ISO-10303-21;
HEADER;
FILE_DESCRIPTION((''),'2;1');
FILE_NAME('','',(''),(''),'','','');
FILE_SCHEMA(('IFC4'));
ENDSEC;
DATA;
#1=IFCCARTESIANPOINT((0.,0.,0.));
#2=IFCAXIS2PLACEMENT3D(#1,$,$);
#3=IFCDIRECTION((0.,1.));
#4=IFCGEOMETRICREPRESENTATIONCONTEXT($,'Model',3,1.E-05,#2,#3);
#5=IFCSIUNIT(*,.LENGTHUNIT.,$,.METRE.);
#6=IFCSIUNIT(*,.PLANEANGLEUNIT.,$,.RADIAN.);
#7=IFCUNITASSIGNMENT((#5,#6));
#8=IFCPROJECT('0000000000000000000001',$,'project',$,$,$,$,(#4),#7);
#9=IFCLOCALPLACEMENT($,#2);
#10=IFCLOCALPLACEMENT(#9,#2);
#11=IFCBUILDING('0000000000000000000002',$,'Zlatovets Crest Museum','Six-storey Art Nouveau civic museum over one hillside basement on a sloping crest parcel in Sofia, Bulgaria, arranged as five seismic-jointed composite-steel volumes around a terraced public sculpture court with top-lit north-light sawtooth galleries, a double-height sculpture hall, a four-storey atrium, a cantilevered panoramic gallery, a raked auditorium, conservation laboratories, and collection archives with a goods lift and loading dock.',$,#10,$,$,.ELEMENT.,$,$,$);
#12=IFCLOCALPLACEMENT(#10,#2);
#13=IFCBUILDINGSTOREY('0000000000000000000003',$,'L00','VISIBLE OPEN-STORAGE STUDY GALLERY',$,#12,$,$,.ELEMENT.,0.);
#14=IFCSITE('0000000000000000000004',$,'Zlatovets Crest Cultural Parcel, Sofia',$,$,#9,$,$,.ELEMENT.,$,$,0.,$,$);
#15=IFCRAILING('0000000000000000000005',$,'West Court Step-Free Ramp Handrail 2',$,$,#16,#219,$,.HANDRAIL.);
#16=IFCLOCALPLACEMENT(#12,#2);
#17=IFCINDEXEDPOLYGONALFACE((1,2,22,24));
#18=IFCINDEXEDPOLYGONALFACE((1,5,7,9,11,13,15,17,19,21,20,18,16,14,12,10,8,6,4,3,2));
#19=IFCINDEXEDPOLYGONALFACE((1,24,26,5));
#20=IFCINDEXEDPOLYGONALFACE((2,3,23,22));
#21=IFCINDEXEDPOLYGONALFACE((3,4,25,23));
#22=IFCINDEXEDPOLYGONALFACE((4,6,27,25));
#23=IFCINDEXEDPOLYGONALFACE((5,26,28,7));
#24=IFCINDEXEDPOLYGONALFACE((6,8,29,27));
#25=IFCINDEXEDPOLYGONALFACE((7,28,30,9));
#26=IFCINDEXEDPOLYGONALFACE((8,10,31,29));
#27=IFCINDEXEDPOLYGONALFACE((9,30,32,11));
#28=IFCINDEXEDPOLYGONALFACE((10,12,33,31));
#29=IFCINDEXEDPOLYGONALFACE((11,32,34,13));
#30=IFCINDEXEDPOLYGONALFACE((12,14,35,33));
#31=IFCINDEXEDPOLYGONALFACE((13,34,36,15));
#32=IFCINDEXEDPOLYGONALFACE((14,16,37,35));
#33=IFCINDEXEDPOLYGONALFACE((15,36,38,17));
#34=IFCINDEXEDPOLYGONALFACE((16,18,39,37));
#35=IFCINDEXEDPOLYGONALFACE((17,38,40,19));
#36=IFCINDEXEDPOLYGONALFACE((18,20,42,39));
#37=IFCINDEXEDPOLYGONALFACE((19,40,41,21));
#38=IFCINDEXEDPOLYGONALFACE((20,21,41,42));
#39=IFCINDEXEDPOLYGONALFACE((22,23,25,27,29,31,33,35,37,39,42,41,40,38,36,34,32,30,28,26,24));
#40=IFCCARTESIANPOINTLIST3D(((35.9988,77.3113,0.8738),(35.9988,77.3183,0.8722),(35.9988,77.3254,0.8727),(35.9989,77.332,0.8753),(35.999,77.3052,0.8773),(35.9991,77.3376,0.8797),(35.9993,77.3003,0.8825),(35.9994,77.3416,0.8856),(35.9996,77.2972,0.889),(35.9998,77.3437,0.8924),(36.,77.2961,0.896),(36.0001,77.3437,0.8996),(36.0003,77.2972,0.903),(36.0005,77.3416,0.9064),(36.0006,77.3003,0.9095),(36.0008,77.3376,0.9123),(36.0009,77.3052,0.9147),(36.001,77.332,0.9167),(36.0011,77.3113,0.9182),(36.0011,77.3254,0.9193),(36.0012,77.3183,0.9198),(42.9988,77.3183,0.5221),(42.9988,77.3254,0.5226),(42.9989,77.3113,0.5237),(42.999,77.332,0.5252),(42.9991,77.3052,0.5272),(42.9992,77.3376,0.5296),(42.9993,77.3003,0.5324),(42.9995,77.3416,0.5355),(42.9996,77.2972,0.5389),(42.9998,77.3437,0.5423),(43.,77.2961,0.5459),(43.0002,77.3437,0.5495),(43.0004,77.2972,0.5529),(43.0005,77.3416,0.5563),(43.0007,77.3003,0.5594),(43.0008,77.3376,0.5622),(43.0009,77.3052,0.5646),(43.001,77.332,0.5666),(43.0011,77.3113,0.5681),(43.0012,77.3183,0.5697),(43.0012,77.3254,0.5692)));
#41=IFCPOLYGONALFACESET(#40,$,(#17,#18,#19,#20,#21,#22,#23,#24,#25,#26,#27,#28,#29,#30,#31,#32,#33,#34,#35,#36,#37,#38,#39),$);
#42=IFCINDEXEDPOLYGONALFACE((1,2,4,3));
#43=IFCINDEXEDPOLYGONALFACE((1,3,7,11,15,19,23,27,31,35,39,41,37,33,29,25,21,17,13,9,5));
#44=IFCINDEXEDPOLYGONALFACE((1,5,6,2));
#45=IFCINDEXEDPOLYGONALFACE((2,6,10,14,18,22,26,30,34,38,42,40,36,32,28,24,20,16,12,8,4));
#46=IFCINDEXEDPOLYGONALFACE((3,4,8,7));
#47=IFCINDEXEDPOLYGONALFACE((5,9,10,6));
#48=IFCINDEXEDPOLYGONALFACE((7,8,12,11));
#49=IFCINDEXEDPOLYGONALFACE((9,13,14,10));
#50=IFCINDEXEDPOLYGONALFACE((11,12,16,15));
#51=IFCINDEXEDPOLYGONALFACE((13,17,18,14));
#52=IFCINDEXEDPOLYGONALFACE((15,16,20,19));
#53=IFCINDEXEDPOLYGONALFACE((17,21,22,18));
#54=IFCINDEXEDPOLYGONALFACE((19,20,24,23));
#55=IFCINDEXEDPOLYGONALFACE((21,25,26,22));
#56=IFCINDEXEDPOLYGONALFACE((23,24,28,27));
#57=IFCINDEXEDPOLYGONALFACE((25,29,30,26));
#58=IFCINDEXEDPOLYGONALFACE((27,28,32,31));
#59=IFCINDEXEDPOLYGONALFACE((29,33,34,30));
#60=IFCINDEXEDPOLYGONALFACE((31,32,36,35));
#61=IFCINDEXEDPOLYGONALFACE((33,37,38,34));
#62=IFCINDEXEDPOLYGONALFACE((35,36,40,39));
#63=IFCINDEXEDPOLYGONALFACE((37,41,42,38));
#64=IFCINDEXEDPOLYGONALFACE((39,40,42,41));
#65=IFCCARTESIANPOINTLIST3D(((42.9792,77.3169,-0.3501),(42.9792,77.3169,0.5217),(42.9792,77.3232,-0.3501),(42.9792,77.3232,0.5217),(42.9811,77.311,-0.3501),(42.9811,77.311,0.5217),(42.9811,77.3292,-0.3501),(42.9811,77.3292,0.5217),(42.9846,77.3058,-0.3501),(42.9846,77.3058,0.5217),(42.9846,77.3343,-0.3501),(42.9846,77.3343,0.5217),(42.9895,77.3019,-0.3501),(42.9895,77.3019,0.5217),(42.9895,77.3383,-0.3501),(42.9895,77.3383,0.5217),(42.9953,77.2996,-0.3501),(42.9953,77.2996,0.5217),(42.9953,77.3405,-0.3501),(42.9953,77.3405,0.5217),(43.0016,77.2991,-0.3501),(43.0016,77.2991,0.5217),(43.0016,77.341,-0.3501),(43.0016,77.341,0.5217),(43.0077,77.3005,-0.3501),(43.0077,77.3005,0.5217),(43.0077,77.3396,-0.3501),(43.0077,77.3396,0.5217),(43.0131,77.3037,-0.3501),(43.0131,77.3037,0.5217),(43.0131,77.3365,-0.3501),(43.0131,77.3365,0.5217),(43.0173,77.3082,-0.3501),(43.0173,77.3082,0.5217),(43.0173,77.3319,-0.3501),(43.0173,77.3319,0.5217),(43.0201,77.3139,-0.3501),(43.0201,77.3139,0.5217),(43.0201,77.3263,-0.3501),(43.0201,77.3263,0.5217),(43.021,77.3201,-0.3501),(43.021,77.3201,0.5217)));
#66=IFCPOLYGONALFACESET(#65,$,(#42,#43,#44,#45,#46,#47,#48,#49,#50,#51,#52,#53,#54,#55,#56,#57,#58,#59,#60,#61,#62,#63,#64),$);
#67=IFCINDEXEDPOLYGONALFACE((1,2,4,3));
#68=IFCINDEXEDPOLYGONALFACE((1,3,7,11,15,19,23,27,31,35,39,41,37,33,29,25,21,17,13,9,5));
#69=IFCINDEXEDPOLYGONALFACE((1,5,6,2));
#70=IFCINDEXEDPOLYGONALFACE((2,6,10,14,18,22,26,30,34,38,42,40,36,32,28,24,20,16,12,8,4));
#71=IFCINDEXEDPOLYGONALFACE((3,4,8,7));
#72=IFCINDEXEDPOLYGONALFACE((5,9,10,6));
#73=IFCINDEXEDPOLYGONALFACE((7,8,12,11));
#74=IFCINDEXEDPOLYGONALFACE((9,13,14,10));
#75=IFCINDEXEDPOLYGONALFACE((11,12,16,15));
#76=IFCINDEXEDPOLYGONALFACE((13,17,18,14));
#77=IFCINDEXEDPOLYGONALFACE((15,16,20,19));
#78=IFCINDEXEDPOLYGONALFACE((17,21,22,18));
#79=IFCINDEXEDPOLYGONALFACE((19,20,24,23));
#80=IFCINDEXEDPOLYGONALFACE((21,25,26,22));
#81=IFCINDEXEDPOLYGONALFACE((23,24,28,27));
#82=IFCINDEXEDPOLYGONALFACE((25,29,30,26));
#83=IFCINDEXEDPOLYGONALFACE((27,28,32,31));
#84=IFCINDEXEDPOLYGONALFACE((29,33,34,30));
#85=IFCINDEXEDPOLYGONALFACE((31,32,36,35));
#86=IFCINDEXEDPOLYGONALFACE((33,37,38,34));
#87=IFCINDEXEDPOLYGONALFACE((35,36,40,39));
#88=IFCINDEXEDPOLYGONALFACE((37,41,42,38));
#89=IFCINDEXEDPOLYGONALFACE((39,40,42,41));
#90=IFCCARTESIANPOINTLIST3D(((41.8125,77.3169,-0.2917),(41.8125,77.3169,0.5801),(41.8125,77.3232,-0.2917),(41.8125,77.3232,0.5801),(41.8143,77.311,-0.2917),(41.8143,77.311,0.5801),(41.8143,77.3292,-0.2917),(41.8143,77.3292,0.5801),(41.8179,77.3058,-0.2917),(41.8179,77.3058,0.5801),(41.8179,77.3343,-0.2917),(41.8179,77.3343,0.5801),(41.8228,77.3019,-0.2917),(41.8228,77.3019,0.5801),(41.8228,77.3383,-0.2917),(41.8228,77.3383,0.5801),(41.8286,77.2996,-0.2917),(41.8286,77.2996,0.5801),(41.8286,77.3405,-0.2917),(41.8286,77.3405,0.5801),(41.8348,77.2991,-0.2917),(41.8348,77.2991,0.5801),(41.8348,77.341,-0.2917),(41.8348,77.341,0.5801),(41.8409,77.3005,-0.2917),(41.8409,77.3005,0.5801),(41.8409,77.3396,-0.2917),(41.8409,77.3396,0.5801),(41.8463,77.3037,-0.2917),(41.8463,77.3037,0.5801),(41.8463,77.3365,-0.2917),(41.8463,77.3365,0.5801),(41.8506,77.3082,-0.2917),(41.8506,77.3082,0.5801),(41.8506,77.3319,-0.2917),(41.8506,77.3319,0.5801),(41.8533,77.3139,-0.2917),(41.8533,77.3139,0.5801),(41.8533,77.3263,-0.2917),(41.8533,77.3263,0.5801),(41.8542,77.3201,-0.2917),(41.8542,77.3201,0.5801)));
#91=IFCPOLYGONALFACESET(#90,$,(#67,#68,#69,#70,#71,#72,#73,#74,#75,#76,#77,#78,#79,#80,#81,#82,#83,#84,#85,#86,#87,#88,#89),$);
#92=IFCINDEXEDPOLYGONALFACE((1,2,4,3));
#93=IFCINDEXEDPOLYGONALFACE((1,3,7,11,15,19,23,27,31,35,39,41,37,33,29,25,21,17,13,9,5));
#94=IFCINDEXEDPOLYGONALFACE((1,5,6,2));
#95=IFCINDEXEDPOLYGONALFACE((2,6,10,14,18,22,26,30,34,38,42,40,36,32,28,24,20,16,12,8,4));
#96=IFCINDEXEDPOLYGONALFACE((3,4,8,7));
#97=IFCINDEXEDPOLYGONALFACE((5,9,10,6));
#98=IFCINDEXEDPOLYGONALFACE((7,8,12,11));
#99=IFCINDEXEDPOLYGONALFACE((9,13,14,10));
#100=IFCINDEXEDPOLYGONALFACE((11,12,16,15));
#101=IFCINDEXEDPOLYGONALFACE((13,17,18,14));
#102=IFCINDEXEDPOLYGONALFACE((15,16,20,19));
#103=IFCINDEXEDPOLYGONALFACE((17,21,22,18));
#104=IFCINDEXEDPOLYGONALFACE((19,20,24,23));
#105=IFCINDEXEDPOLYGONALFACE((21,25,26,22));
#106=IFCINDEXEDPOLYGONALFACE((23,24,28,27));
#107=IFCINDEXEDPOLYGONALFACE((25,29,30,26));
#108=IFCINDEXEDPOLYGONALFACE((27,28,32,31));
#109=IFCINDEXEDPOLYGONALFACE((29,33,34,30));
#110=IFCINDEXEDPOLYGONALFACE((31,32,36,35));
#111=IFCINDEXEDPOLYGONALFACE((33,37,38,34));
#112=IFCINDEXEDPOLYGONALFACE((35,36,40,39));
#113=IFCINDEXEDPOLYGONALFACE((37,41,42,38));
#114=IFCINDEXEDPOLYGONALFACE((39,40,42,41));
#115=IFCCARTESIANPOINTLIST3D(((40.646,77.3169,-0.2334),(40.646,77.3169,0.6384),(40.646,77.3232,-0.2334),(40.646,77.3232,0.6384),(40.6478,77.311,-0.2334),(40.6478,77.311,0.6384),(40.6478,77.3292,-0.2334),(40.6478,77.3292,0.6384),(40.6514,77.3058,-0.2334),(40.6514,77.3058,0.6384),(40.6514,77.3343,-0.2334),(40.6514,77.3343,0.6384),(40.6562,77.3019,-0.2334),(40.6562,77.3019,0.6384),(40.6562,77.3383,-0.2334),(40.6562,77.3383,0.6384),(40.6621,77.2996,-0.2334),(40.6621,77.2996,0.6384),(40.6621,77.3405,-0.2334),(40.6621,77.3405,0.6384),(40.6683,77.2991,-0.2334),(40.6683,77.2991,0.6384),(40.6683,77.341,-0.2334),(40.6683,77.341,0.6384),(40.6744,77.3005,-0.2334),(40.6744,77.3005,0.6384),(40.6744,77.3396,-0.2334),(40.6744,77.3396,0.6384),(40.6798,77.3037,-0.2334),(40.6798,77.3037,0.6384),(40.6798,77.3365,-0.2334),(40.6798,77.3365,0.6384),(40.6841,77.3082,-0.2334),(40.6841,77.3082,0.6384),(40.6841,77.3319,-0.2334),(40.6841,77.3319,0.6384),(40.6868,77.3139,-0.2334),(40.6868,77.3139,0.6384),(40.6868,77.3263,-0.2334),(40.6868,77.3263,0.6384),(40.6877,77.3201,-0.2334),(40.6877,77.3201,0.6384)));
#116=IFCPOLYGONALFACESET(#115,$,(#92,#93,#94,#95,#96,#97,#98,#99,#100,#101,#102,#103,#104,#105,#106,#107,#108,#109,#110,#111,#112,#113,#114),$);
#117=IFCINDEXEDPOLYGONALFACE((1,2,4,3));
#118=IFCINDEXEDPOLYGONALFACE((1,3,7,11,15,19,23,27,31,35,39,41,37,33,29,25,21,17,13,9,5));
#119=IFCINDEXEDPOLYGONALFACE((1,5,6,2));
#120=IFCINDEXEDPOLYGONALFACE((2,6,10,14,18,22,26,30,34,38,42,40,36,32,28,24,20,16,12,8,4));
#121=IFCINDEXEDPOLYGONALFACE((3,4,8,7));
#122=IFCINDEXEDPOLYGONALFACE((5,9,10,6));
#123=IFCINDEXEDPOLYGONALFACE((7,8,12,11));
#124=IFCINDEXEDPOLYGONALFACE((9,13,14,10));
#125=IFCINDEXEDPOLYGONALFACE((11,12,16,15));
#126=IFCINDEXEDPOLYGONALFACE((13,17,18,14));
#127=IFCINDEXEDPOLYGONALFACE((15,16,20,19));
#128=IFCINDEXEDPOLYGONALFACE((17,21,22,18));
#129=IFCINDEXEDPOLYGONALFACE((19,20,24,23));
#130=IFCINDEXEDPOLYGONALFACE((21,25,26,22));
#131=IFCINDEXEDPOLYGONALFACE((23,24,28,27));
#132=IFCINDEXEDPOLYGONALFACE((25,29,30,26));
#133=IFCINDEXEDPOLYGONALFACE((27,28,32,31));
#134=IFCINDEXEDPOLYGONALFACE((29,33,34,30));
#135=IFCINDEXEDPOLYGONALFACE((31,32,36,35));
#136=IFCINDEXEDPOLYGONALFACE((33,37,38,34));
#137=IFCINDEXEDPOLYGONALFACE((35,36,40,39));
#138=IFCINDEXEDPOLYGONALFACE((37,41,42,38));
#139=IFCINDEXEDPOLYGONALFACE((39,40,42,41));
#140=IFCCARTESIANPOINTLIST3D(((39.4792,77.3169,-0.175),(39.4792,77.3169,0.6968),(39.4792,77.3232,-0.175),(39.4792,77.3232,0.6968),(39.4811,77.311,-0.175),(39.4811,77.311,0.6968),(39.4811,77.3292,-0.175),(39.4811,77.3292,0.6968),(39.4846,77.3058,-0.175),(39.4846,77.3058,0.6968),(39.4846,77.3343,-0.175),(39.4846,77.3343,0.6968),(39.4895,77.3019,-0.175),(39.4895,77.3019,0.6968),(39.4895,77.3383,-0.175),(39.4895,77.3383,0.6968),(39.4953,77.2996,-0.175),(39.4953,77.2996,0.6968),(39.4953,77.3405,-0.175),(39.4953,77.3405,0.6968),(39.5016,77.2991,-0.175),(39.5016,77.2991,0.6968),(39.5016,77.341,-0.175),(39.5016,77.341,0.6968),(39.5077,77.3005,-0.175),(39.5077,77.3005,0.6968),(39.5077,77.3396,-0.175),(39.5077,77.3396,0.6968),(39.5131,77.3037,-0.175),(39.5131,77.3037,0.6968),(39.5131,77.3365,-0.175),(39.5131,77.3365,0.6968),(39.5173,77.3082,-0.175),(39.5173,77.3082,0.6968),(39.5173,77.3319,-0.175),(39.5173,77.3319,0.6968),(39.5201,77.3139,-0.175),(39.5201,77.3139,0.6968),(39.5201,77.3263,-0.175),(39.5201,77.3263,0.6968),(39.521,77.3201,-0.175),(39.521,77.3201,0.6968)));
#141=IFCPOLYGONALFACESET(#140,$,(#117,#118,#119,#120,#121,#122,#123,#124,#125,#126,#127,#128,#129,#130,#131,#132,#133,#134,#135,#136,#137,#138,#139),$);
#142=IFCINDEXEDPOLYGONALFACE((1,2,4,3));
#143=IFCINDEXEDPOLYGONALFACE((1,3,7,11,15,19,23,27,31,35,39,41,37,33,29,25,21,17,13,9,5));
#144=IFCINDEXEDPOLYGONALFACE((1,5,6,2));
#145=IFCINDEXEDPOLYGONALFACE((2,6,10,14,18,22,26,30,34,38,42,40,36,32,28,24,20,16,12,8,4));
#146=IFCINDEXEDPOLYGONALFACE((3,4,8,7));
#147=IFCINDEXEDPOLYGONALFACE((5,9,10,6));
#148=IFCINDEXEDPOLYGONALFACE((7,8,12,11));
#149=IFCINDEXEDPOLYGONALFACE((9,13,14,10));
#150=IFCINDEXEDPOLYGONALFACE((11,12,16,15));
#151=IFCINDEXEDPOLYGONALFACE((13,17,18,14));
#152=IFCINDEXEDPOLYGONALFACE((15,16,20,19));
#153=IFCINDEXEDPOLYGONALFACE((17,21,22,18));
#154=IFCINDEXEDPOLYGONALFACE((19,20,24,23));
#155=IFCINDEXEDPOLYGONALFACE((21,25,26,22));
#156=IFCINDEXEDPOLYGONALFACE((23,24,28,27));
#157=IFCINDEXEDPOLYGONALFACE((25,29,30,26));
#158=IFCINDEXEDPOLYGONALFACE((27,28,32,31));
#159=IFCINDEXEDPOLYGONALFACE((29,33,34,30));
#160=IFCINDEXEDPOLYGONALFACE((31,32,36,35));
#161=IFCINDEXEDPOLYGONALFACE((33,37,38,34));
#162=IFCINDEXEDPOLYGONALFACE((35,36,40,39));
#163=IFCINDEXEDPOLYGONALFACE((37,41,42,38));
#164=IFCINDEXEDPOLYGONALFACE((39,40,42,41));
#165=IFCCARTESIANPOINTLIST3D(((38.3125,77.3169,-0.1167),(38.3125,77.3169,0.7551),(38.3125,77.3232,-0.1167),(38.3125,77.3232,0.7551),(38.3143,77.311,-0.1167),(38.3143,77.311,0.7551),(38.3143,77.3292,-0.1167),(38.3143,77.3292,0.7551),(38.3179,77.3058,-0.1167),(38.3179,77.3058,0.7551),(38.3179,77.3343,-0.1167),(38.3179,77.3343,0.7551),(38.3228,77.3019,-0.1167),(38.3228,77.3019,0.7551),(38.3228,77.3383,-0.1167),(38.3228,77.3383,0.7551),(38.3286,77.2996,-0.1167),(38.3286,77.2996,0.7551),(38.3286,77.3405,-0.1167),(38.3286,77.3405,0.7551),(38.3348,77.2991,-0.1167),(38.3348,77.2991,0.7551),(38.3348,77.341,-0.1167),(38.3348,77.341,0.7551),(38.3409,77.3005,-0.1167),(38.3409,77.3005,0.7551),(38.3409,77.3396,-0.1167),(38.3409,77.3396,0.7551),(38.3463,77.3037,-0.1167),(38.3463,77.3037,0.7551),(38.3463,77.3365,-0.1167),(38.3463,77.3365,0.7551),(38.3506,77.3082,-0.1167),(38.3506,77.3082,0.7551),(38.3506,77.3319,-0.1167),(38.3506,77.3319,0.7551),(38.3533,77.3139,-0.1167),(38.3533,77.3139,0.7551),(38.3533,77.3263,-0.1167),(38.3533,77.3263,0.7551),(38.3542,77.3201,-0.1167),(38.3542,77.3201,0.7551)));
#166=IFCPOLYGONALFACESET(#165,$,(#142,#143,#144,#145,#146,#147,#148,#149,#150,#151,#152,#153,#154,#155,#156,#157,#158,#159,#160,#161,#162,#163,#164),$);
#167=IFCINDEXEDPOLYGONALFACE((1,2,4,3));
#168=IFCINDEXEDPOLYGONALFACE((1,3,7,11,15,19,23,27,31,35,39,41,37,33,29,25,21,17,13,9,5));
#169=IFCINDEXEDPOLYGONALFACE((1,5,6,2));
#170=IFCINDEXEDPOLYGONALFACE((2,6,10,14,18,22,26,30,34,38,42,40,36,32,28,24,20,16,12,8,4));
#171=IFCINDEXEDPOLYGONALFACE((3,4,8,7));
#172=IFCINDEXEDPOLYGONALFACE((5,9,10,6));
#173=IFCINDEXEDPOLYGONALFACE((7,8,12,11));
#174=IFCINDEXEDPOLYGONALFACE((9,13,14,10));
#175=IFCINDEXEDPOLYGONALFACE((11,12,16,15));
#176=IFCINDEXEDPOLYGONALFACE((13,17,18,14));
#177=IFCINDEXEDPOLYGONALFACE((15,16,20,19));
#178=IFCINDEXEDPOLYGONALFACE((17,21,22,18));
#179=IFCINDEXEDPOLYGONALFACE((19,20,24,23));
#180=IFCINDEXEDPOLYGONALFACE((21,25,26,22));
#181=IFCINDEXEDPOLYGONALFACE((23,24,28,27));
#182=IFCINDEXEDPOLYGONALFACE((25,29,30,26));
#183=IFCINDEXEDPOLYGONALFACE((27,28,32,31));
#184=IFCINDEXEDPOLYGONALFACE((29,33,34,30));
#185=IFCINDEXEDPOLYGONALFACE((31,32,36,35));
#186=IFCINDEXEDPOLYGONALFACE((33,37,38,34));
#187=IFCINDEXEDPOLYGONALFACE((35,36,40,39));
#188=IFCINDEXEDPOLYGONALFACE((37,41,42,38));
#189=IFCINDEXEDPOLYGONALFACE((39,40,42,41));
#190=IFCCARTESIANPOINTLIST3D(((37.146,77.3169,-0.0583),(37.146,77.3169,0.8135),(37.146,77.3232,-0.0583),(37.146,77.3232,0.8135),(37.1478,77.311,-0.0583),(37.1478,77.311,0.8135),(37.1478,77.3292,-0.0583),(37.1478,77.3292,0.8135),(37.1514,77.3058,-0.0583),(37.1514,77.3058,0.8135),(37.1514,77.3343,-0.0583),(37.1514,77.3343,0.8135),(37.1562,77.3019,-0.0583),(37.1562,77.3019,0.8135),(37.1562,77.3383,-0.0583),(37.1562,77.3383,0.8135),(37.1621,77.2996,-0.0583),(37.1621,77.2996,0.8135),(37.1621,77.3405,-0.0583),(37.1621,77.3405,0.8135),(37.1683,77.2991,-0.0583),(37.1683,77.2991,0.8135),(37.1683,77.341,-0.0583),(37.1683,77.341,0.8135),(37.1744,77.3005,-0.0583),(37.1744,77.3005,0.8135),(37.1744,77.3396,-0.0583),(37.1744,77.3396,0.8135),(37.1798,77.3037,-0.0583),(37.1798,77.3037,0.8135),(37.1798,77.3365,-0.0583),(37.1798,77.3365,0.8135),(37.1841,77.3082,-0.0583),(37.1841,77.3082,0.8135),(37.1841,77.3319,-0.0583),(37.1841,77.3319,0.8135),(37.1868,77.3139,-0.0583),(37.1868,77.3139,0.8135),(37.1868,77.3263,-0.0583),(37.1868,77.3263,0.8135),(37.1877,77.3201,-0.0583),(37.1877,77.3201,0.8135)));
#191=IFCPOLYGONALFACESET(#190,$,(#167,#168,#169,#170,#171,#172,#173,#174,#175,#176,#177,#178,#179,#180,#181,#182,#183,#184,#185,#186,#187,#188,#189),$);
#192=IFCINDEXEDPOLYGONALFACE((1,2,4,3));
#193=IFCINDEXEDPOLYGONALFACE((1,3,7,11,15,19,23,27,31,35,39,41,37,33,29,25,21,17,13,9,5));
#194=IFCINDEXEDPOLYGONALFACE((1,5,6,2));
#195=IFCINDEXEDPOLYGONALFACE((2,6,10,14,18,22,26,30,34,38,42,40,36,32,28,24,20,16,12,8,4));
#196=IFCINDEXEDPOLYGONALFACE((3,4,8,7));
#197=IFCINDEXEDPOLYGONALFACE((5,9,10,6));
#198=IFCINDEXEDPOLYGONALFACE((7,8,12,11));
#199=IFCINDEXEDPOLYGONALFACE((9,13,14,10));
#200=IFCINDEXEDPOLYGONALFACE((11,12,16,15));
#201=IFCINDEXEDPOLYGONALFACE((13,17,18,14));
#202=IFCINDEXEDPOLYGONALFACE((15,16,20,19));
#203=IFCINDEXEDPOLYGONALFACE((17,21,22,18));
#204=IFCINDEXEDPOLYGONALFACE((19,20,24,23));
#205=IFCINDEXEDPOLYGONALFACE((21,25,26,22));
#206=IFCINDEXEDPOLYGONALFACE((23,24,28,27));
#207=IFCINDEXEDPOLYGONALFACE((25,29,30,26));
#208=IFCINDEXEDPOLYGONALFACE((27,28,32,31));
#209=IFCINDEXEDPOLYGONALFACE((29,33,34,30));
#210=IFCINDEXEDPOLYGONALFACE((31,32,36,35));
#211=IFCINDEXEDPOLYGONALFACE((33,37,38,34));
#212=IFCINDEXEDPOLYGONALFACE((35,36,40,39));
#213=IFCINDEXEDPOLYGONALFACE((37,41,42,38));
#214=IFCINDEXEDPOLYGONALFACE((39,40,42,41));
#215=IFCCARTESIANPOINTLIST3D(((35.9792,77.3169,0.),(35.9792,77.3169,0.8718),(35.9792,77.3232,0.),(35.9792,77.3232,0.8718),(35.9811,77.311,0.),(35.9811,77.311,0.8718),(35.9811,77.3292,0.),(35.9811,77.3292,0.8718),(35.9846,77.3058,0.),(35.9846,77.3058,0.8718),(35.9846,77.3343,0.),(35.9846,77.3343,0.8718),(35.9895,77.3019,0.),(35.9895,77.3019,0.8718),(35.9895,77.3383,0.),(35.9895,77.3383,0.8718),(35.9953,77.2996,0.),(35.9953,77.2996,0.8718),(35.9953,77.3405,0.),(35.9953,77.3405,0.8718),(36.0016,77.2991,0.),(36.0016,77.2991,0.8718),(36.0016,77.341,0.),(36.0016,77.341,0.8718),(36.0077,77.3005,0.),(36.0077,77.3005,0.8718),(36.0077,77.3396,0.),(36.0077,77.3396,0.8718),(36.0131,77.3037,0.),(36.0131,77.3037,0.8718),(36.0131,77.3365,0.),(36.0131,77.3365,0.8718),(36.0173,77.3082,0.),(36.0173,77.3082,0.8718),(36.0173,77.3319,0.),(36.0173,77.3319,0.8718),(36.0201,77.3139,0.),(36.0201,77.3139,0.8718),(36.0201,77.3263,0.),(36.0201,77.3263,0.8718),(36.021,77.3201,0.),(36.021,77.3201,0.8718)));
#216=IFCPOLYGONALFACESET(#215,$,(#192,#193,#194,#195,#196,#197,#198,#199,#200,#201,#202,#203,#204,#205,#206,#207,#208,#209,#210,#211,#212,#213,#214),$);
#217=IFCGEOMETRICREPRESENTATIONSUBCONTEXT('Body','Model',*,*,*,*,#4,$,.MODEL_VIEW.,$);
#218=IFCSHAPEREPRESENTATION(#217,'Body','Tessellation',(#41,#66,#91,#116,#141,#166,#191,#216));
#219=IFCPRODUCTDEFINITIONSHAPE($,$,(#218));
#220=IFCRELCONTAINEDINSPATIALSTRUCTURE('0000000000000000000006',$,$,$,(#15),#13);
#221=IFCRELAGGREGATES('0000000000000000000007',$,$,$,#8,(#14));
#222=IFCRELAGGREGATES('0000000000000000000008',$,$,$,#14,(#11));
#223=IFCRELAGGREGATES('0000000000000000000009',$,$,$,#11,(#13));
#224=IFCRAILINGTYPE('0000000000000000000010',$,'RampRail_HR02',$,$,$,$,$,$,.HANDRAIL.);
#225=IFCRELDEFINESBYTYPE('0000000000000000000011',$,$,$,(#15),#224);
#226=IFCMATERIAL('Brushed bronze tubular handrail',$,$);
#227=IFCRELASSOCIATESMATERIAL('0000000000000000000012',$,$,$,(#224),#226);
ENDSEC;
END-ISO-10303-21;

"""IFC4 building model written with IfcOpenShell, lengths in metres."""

from ifc_helpers import new_model, si_unit, direction, frame, origin, origin_2d, place, context, subcontext, project, spatial, circle, extrude, material, type_object, element, save


model = new_model("IFC4")

# Units and contexts
model_context = context("Model", 3, precision=1e-05, world=origin(), true_north=direction((0.0, 1.0)))
body_context = subcontext(model_context, "Body", "Model", "MODEL_VIEW")
ifc_project = project(units=[si_unit("LENGTHUNIT", "METRE"), si_unit("PLANEANGLEUNIT", "RADIAN")], contexts=[model_context])

# Site, building, storey
site_placement = place(None, origin())
site = spatial("IfcSite", under=ifc_project, at=site_placement, Name="Zlatovets Crest Cultural Parcel, Sofia", CompositionType="ELEMENT", RefElevation=0.0)
building_placement = place(site_placement, origin())
building = spatial("IfcBuilding", under=site, at=building_placement, Name="Zlatovets Crest Museum", Description="Six-storey Art Nouveau civic museum over one hillside basement on a sloping crest parcel in Sofia, Bulgaria, arranged as five seismic-jointed composite-steel volumes around a terraced public sculpture court with top-lit north-light sawtooth galleries, a double-height sculpture hall, a four-storey atrium, a cantilevered panoramic gallery, a raked auditorium, conservation laboratories, and collection archives with a goods lift and loading dock.", CompositionType="ELEMENT")
storey_placement = place(building_placement, origin())
storey = spatial("IfcBuildingStorey", under=building, at=storey_placement, Name="L00", Description="VISIBLE OPEN-STORAGE STUDY GALLERY", CompositionType="ELEMENT", Elevation=0.0)

# Railing
ifc_material_1 = material(Name="Brushed bronze tubular handrail")
railing_type = type_object("IfcRailingType", Name="RampRail_HR02", PredefinedType="HANDRAIL", material=ifc_material_1)
railing_placement = place(storey_placement, frame((43.0, 77.3201, -0.3501)))
element("IfcRailing", 1, at=railing_placement, inside=storey, type_object=railing_type, Name="West Court Step-Free Ramp Handrail 2", PredefinedType="HANDRAIL", context=body_context, shape_type="SweptSolid", body=[
    extrude(circle(Radius=0.0239, at=origin_2d()), frame((0.0, 0.0, 0.896), z_axis=(-0.998752, 0.0, 0.049952), x_axis=(0.0, -1.0, 0.0)), (0.0, 0.0, 1.0), 7.0088),
    extrude(circle(Radius=0.021, at=origin_2d()), origin(), (0.0, 0.0, 1.0), 0.8718),
    extrude(circle(Radius=0.021, at=origin_2d()), frame((-1.1667, 0.0, 0.0583)), (0.0, 0.0, 1.0), 0.8718),
    extrude(circle(Radius=0.021, at=origin_2d()), frame((-2.3333, 0.0, 0.1167)), (0.0, 0.0, 1.0), 0.8718),
    extrude(circle(Radius=0.021, at=origin_2d()), frame((-3.5, 0.0, 0.175)), (0.0, 0.0, 1.0), 0.8718),
    extrude(circle(Radius=0.021, at=origin_2d()), frame((-4.6667, 0.0, 0.2334)), (0.0, 0.0, 1.0), 0.8718),
    extrude(circle(Radius=0.021, at=origin_2d()), frame((-5.8333, 0.0, 0.2917)), (0.0, 0.0, 1.0), 0.8718),
    extrude(circle(Radius=0.021, at=origin_2d()), frame((-7.0, 0.0, 0.3501)), (0.0, 0.0, 1.0), 0.8718),
])

save(model, "model.ifc")
